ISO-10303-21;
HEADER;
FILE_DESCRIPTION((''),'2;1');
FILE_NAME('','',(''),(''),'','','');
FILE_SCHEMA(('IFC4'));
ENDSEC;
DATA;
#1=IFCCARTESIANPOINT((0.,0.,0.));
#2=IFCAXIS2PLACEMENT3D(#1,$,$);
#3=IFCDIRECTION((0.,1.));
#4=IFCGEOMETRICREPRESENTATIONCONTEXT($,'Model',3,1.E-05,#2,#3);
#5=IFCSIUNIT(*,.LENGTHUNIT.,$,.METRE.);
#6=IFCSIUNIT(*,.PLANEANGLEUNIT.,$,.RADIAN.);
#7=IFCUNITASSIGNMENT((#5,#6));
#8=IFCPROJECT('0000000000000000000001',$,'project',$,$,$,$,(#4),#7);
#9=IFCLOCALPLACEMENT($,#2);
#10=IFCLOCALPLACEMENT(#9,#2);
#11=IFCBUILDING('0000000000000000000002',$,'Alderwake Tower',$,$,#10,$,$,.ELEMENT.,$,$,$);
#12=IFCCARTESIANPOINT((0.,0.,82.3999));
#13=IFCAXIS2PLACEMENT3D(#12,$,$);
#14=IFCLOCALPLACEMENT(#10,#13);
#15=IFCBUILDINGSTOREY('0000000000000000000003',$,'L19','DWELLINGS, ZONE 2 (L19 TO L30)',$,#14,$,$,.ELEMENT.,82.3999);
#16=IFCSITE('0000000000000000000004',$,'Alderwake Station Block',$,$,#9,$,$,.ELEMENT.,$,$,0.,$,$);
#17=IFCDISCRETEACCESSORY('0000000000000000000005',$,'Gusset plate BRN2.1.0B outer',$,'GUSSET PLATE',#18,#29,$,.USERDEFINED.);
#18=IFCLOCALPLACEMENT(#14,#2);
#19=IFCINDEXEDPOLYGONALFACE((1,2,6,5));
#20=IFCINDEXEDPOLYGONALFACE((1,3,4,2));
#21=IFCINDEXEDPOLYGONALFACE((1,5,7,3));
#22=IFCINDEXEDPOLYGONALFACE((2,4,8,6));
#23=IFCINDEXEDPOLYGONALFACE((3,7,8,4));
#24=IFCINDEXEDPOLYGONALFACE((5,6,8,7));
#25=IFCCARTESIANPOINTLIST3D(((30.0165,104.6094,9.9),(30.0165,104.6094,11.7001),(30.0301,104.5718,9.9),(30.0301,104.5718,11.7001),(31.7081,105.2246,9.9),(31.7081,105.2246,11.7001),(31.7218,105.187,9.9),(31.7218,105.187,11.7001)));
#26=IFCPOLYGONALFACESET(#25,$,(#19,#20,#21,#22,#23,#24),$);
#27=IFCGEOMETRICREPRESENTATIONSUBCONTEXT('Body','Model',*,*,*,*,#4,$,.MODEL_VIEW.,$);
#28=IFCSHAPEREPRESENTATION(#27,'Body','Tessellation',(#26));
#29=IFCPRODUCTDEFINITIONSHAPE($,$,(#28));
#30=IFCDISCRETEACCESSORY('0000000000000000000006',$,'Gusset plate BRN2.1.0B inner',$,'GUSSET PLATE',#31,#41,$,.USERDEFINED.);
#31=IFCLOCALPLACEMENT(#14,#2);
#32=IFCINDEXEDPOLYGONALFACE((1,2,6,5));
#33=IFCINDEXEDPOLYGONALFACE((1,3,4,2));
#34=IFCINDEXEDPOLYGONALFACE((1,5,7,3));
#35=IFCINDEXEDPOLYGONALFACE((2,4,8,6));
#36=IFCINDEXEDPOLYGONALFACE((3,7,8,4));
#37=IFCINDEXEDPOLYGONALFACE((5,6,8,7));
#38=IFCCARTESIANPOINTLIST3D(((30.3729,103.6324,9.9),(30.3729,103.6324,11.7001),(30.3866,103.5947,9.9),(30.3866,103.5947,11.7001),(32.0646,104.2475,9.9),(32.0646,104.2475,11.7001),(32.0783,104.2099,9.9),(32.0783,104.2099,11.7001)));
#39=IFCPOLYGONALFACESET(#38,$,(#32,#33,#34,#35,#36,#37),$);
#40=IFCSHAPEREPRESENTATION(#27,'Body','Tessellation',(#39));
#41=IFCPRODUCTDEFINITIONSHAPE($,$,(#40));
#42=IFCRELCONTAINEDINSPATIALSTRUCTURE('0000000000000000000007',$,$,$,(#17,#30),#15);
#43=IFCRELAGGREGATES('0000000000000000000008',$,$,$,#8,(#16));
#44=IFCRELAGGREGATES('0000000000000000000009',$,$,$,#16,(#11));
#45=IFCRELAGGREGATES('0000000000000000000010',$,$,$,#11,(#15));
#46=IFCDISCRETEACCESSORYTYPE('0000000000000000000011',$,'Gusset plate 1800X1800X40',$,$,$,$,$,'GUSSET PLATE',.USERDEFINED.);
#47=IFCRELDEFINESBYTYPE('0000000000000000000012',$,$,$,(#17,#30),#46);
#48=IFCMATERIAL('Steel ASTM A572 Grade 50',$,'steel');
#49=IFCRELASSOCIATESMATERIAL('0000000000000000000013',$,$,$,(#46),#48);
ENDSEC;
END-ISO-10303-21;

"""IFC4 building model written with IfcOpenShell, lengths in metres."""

from ifc_helpers import new_model, si_unit, direction, frame, origin, origin_2d, place, context, subcontext, project, spatial, rectangle, extrude, material, material_profile, profile_set, type_object, element, save


model = new_model("IFC4")

# Units and contexts
model_context = context("Model", 3, precision=1e-05, world=origin(), true_north=direction((0.0, 1.0)))
body_context = subcontext(model_context, "Body", "Model", "MODEL_VIEW")
ifc_project = project(units=[si_unit("LENGTHUNIT", "METRE"), si_unit("PLANEANGLEUNIT", "RADIAN")], contexts=[model_context])

# Site, building, storey
site_placement = place(None, origin())
site = spatial("IfcSite", under=ifc_project, at=site_placement, Name="Alderwake Station Block", CompositionType="ELEMENT", RefElevation=0.0)
building_placement = place(site_placement, origin())
building = spatial("IfcBuilding", under=site, at=building_placement, Name="Alderwake Tower", CompositionType="ELEMENT")
storey_placement = place(building_placement, frame((0.0, 0.0, 82.3999)))
storey = spatial("IfcBuildingStorey", under=building, at=storey_placement, Name="L19", Description="DWELLINGS, ZONE 2 (L19 TO L30)", CompositionType="ELEMENT", Elevation=82.3999)

# Discrete accessories
ifc_material_1 = material(Name="Steel ASTM A572 Grade 50", Category="steel")
ifc_material_profile_1 = material_profile(ifc_material_1, rectangle(XDim=1.8, YDim=1.8, at=origin_2d()), Name="gusset 1800X1800")
ifc_profile_set_1 = profile_set([ifc_material_profile_1], Name="Steel ASTM A572 Grade 50")
discrete_accessory_type = type_object("IfcDiscreteAccessoryType", Name="Gusset plate 1800X1800X40", ElementType="GUSSET PLATE", PredefinedType="USERDEFINED", material=ifc_profile_set_1)
for number, where, z_axis, x_axis, name in (
    (1, (30.876, 104.8794, 10.8), (-0.341743, 0.939793, 0.0), (-0.939793, -0.341743, 0.0), "Gusset plate BRN2.1.0B outer"),
    (2, (31.2188, 103.9399, 10.8), (0.341743, -0.939793, 0.0), (0.939793, 0.341743, 0.0), "Gusset plate BRN2.1.0B inner"),
):
    element("IfcDiscreteAccessory", number, at=place(storey_placement, frame(where, z_axis=z_axis, x_axis=x_axis)), inside=storey, type_object=discrete_accessory_type, Name=name, ObjectType="GUSSET PLATE", PredefinedType="USERDEFINED", context=body_context, shape_type="SweptSolid", body=[
        extrude(rectangle(XDim=1.8, YDim=1.8, at=origin_2d()), origin(), (0.0, 0.0, 1.0), 0.04),
    ])

save(model, "model.ifc")
